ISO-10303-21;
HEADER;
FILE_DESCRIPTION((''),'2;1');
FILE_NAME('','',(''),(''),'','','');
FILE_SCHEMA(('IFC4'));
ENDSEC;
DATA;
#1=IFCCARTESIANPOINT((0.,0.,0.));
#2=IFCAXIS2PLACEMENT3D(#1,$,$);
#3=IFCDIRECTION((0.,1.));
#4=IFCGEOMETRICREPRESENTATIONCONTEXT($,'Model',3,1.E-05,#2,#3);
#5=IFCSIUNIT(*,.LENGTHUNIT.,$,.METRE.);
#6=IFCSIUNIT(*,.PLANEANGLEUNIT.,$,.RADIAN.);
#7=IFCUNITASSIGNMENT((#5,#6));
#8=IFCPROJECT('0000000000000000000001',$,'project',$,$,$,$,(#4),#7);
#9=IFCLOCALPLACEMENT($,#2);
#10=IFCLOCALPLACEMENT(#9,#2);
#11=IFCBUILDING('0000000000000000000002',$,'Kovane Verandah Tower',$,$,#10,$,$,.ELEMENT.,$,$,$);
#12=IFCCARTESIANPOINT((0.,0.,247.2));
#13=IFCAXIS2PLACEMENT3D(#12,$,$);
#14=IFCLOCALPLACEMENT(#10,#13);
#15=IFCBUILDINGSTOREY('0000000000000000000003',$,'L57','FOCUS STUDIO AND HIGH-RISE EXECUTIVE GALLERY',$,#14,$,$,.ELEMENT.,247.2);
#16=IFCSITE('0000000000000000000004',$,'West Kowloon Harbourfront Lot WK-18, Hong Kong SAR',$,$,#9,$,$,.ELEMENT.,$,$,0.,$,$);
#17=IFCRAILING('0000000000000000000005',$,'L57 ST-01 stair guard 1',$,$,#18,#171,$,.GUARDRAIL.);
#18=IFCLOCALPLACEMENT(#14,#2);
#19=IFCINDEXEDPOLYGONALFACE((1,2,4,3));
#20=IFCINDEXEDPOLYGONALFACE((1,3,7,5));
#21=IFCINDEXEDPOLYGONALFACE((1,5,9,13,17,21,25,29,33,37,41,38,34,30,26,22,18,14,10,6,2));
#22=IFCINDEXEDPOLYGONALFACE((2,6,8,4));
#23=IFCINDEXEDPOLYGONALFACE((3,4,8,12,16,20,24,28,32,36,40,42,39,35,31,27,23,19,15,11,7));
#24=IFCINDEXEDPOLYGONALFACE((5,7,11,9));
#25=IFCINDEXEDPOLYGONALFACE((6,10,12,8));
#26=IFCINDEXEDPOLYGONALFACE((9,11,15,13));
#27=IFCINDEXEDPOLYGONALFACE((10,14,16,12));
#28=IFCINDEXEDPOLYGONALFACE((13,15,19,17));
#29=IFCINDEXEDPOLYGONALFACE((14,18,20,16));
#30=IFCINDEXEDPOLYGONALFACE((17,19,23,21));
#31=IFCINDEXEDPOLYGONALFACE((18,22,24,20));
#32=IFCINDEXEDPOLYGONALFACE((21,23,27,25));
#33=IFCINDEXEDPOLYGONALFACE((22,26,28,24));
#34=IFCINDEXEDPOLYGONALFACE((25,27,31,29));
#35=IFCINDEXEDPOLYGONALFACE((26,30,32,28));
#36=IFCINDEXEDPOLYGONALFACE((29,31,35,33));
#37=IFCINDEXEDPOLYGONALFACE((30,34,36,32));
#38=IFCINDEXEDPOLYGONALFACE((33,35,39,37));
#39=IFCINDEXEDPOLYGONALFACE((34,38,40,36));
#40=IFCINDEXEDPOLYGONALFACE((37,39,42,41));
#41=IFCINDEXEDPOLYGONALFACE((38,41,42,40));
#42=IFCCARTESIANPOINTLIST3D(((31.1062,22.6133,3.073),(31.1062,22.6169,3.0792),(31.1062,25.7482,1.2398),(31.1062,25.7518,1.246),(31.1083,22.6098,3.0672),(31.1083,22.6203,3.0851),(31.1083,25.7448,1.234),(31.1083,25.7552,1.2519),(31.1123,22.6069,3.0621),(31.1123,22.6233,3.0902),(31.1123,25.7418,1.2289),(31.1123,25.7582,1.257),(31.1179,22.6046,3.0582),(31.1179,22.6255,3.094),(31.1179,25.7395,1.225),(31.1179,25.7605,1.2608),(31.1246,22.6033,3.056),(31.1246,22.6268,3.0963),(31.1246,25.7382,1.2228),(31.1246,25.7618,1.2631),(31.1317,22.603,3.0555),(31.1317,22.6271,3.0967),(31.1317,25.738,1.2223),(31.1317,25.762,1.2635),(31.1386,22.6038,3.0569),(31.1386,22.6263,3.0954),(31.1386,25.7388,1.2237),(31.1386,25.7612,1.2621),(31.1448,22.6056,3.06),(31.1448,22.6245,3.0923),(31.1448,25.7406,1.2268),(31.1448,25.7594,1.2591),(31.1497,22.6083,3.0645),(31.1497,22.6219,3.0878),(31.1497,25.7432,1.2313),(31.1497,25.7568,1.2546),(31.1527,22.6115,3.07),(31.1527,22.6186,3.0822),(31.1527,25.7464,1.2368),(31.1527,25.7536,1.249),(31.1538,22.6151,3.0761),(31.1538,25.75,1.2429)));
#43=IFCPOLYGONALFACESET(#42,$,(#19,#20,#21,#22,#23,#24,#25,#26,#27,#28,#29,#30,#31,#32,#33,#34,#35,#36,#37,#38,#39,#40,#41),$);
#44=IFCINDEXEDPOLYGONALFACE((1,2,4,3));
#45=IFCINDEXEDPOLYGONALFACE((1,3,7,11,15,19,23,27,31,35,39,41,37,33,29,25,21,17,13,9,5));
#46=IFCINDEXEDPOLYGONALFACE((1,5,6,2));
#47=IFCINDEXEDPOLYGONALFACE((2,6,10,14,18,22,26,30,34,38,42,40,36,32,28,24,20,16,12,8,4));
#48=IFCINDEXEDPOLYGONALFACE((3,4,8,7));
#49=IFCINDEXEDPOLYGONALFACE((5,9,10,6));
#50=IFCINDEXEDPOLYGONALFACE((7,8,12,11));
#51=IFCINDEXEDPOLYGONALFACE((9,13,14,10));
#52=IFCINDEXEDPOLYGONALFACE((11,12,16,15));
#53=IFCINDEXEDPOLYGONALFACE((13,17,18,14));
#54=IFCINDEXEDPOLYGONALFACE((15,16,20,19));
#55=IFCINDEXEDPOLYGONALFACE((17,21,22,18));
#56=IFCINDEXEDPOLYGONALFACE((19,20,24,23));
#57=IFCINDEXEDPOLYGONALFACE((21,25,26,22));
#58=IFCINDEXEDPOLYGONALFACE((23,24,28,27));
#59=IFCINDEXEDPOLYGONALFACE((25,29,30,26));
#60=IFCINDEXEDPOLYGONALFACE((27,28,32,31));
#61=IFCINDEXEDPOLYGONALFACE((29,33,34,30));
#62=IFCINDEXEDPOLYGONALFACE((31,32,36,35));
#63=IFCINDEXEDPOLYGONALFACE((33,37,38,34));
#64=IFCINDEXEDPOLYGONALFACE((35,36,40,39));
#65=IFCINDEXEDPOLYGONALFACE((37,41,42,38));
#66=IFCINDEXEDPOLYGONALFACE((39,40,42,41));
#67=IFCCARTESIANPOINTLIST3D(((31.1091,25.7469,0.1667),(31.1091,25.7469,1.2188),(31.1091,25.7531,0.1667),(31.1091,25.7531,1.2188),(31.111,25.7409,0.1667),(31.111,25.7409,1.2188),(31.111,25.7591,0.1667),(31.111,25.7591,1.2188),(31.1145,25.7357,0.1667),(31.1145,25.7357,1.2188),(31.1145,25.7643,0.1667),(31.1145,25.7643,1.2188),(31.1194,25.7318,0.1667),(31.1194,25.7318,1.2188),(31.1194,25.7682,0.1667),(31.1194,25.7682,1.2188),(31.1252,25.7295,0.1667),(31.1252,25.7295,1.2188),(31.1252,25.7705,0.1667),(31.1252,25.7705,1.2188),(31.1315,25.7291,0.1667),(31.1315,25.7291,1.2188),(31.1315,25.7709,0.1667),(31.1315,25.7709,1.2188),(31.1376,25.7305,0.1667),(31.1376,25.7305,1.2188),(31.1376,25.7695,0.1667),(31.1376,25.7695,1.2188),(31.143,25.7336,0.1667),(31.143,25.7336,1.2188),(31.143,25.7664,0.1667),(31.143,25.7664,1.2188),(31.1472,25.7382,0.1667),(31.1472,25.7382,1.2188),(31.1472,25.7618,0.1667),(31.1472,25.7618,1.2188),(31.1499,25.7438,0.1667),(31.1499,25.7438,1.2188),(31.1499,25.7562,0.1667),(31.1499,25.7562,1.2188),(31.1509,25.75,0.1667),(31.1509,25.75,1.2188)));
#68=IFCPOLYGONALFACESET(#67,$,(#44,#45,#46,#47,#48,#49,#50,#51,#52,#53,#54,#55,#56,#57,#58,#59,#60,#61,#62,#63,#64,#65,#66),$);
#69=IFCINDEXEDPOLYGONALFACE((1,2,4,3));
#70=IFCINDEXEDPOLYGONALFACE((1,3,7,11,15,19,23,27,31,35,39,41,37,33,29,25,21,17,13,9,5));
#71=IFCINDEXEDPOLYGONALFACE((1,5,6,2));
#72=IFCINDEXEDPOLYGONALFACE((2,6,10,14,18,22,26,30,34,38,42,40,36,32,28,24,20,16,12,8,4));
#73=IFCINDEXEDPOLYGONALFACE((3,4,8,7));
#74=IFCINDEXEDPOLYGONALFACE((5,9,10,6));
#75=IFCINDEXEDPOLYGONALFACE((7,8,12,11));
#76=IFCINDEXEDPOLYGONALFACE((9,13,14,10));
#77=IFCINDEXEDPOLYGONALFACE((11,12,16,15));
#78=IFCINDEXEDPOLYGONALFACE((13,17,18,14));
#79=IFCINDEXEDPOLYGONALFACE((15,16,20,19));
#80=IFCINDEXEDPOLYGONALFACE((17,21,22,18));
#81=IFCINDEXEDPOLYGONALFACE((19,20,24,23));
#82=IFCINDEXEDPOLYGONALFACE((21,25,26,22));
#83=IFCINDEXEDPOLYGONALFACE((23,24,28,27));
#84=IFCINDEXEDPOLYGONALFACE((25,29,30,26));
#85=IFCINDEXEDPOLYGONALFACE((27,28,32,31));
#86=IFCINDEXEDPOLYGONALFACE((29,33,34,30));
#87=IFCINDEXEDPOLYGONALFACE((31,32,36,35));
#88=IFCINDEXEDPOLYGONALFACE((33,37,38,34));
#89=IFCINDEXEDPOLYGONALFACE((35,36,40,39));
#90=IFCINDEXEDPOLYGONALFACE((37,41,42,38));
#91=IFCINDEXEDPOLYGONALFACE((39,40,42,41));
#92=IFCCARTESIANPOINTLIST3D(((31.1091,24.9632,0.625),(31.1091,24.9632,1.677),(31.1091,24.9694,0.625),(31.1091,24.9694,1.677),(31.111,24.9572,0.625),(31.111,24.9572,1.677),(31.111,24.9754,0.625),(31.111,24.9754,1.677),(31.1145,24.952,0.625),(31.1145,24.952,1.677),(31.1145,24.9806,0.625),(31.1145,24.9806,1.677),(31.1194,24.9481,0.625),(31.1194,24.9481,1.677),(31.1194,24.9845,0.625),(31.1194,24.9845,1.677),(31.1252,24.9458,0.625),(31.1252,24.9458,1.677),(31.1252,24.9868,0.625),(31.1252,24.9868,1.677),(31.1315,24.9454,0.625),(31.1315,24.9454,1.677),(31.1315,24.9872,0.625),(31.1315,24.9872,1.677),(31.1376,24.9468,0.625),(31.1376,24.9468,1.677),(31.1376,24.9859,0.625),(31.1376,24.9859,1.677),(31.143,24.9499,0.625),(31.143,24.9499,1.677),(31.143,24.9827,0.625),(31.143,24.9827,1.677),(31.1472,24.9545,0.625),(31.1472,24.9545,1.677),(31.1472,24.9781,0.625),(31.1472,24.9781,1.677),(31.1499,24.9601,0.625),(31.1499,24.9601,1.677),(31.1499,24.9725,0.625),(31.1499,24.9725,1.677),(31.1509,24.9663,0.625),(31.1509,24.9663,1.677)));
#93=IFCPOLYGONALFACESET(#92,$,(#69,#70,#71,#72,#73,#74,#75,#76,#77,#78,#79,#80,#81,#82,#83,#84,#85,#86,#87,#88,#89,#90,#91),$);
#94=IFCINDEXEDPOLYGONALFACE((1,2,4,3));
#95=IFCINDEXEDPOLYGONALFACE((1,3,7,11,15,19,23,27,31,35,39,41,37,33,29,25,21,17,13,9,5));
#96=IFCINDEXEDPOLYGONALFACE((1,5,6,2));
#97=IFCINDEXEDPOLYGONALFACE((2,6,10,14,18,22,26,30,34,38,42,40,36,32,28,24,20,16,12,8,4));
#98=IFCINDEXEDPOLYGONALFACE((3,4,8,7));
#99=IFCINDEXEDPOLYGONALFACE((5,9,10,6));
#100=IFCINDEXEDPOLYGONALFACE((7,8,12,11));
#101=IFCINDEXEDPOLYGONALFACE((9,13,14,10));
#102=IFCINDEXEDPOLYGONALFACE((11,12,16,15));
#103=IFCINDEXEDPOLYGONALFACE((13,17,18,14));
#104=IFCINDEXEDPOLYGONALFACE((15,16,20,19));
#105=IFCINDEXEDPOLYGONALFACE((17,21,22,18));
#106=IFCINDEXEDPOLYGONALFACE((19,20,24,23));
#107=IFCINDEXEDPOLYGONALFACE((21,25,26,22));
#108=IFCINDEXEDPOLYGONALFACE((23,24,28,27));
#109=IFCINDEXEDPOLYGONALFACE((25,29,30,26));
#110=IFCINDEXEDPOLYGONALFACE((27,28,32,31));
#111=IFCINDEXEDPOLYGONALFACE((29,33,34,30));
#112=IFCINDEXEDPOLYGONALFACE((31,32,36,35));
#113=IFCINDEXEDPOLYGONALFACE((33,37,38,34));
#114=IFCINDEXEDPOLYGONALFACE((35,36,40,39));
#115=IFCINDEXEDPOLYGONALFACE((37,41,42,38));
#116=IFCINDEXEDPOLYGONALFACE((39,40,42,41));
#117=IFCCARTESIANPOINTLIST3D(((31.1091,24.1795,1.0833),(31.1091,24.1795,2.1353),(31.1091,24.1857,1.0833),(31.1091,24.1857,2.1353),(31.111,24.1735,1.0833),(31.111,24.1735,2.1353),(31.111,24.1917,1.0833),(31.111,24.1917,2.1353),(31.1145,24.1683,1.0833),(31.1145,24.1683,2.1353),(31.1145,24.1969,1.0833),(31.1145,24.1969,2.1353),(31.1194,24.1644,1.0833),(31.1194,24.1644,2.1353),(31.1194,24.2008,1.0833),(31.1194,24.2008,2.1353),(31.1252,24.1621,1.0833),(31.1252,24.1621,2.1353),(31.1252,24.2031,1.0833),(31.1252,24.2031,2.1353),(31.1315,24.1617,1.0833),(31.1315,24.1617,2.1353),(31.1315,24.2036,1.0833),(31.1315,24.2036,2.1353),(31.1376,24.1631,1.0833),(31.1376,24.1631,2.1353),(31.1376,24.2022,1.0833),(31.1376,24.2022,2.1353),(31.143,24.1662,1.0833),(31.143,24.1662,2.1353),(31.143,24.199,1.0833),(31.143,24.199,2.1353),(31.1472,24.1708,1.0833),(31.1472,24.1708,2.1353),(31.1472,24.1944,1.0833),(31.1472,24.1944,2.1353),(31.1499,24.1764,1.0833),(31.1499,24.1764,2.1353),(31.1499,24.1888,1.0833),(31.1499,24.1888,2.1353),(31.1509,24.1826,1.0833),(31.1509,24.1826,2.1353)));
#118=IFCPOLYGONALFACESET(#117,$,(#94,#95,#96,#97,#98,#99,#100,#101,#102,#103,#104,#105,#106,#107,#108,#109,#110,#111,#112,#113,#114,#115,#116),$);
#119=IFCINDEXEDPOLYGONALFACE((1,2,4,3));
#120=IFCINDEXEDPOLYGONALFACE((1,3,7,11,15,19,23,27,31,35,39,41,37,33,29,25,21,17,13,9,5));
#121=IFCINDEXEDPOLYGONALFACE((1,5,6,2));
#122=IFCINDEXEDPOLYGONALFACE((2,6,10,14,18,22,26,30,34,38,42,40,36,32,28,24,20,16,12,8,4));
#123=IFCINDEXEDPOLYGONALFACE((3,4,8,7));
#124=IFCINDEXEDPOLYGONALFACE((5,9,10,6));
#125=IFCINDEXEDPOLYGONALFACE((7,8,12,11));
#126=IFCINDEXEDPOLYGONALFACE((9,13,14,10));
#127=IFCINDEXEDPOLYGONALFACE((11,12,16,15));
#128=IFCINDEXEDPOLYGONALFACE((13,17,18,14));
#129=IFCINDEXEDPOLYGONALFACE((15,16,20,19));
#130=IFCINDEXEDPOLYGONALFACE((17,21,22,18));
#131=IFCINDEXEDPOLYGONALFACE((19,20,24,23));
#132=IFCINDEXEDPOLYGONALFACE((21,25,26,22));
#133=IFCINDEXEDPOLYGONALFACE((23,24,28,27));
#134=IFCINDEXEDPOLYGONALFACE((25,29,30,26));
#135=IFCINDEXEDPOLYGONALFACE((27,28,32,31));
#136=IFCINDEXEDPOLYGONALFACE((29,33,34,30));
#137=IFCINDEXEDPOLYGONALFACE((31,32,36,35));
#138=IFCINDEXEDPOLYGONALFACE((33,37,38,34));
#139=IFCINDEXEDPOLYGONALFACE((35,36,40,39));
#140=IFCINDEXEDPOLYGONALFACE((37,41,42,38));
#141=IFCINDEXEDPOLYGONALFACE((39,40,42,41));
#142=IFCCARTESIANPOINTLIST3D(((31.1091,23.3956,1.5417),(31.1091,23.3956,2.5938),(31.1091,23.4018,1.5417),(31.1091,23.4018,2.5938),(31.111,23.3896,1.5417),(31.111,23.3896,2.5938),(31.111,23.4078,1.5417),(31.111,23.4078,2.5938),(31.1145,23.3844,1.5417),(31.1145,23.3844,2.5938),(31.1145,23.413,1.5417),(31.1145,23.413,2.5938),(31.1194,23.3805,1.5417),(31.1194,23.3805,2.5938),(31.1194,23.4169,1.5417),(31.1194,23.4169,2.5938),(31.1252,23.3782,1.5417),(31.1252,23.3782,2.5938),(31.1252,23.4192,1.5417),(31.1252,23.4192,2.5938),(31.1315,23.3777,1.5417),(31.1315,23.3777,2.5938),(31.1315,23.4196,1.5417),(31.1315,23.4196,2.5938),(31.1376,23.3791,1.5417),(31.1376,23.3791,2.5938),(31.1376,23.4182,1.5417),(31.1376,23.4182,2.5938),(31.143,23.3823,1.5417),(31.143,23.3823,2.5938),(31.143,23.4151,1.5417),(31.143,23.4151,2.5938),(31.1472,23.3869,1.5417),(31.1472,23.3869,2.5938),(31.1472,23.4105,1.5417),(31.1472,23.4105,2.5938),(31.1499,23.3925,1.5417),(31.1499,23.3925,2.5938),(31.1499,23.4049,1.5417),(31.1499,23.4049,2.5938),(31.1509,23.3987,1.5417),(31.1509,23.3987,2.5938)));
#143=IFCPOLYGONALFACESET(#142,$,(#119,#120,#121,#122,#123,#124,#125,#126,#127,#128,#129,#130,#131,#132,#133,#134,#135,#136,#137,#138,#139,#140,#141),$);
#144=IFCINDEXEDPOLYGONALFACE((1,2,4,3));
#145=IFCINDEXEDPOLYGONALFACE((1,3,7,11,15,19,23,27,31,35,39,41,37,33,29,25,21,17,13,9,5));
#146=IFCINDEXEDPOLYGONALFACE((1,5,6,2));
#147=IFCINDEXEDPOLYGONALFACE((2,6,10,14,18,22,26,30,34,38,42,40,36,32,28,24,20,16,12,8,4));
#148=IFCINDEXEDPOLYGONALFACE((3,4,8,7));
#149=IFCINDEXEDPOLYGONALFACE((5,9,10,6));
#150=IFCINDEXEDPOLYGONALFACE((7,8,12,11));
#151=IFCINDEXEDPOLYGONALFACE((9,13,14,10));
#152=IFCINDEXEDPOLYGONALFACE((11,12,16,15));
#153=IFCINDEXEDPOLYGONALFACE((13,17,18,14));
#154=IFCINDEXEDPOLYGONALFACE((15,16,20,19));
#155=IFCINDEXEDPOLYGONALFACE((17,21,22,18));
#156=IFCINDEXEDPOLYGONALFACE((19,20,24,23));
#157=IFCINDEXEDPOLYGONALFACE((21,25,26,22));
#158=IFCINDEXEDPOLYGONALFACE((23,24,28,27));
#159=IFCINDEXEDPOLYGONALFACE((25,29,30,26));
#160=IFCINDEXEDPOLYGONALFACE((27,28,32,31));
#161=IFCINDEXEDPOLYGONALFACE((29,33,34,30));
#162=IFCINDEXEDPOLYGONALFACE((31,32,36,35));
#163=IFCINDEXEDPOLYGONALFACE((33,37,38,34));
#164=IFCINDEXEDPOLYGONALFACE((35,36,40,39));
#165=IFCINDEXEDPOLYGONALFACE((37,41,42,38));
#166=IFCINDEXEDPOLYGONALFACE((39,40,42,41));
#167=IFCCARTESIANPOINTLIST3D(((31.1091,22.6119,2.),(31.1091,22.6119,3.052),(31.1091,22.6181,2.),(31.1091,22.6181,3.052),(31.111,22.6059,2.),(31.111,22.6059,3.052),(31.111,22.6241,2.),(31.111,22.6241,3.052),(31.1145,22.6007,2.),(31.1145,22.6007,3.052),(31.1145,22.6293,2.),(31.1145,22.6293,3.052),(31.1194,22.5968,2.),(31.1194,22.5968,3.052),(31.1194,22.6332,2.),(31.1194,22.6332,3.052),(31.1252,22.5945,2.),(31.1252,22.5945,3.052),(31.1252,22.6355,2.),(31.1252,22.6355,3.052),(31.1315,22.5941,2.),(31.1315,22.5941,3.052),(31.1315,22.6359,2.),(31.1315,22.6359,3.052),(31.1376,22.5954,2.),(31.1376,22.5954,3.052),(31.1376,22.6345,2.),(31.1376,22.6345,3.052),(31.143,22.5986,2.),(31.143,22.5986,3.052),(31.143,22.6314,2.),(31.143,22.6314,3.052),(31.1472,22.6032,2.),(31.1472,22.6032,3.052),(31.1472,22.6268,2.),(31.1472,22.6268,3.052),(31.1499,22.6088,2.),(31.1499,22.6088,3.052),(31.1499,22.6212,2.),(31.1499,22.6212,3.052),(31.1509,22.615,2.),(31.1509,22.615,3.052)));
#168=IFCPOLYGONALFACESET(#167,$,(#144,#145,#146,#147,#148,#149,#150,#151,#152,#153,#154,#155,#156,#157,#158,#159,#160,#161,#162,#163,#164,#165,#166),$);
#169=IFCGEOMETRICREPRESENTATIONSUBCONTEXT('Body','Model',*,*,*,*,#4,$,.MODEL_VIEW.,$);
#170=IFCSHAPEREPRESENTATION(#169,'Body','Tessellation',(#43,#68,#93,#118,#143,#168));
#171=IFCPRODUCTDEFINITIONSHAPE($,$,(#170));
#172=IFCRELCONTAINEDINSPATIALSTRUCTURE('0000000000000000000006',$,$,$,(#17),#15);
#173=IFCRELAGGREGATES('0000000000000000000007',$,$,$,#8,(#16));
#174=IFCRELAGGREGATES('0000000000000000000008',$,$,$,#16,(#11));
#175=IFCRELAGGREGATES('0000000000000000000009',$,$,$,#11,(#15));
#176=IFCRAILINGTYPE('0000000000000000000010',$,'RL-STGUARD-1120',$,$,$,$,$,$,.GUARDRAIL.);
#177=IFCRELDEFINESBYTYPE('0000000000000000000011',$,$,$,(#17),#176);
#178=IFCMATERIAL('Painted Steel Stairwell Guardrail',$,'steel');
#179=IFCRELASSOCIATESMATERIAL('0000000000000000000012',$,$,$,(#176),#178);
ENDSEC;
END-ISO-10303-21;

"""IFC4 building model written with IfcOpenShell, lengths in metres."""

from ifc_helpers import new_model, si_unit, direction, frame, origin, origin_2d, place, context, subcontext, project, spatial, circle, extrude, material, type_object, element, save


model = new_model("IFC4")

# Units and contexts
model_context = context("Model", 3, precision=1e-05, world=origin(), true_north=direction((0.0, 1.0)))
body_context = subcontext(model_context, "Body", "Model", "MODEL_VIEW")
ifc_project = project(units=[si_unit("LENGTHUNIT", "METRE"), si_unit("PLANEANGLEUNIT", "RADIAN")], contexts=[model_context])

# Site, building, storey
site_placement = place(None, origin())
site = spatial("IfcSite", under=ifc_project, at=site_placement, Name="West Kowloon Harbourfront Lot WK-18, Hong Kong SAR", CompositionType="ELEMENT", RefElevation=0.0)
building_placement = place(site_placement, origin())
building = spatial("IfcBuilding", under=site, at=building_placement, Name="Kovane Verandah Tower", CompositionType="ELEMENT")
storey_placement = place(building_placement, frame((0.0, 0.0, 247.2)))
storey = spatial("IfcBuildingStorey", under=building, at=storey_placement, Name="L57", Description="FOCUS STUDIO AND HIGH-RISE EXECUTIVE GALLERY", CompositionType="ELEMENT", Elevation=247.2)

# Railing
ifc_material_1 = material(Name="Painted Steel Stairwell Guardrail", Category="steel")
railing_type_1 = type_object("IfcRailingType", Name="RL-STGUARD-1120", PredefinedType="GUARDRAIL", material=ifc_material_1)
railing_1_placement = place(storey_placement, frame((31.1299, 25.75, 0.1667)))
element("IfcRailing", 1, at=railing_1_placement, inside=storey, type_object=railing_type_1, Name="L57 ST-01 stair guard 1", PredefinedType="GUARDRAIL", context=body_context, shape_type="SweptSolid", body=[
    extrude(circle(Radius=0.0239, at=origin_2d()), frame((0.0, 0.0, 1.0762), z_axis=(0.0, -0.86324, 0.504794), x_axis=(1.0, 0.0, 0.0)), (0.0, 0.0, 1.0), 3.6316),
    extrude(circle(Radius=0.021, at=origin_2d()), origin(), (0.0, 0.0, 1.0), 1.052),
    extrude(circle(Radius=0.021, at=origin_2d()), frame((0.0, -0.7837, 0.4583)), (0.0, 0.0, 1.0), 1.052),
    extrude(circle(Radius=0.021, at=origin_2d()), frame((0.0, -1.5674, 0.9165)), (0.0, 0.0, 1.0), 1.052),
    extrude(circle(Radius=0.021, at=origin_2d()), frame((0.0, -2.3513, 1.375)), (0.0, 0.0, 1.0), 1.052),
    extrude(circle(Radius=0.021, at=origin_2d()), frame((0.0, -3.135, 1.8333)), (0.0, 0.0, 1.0), 1.052),
])

save(model, "model.ifc")
